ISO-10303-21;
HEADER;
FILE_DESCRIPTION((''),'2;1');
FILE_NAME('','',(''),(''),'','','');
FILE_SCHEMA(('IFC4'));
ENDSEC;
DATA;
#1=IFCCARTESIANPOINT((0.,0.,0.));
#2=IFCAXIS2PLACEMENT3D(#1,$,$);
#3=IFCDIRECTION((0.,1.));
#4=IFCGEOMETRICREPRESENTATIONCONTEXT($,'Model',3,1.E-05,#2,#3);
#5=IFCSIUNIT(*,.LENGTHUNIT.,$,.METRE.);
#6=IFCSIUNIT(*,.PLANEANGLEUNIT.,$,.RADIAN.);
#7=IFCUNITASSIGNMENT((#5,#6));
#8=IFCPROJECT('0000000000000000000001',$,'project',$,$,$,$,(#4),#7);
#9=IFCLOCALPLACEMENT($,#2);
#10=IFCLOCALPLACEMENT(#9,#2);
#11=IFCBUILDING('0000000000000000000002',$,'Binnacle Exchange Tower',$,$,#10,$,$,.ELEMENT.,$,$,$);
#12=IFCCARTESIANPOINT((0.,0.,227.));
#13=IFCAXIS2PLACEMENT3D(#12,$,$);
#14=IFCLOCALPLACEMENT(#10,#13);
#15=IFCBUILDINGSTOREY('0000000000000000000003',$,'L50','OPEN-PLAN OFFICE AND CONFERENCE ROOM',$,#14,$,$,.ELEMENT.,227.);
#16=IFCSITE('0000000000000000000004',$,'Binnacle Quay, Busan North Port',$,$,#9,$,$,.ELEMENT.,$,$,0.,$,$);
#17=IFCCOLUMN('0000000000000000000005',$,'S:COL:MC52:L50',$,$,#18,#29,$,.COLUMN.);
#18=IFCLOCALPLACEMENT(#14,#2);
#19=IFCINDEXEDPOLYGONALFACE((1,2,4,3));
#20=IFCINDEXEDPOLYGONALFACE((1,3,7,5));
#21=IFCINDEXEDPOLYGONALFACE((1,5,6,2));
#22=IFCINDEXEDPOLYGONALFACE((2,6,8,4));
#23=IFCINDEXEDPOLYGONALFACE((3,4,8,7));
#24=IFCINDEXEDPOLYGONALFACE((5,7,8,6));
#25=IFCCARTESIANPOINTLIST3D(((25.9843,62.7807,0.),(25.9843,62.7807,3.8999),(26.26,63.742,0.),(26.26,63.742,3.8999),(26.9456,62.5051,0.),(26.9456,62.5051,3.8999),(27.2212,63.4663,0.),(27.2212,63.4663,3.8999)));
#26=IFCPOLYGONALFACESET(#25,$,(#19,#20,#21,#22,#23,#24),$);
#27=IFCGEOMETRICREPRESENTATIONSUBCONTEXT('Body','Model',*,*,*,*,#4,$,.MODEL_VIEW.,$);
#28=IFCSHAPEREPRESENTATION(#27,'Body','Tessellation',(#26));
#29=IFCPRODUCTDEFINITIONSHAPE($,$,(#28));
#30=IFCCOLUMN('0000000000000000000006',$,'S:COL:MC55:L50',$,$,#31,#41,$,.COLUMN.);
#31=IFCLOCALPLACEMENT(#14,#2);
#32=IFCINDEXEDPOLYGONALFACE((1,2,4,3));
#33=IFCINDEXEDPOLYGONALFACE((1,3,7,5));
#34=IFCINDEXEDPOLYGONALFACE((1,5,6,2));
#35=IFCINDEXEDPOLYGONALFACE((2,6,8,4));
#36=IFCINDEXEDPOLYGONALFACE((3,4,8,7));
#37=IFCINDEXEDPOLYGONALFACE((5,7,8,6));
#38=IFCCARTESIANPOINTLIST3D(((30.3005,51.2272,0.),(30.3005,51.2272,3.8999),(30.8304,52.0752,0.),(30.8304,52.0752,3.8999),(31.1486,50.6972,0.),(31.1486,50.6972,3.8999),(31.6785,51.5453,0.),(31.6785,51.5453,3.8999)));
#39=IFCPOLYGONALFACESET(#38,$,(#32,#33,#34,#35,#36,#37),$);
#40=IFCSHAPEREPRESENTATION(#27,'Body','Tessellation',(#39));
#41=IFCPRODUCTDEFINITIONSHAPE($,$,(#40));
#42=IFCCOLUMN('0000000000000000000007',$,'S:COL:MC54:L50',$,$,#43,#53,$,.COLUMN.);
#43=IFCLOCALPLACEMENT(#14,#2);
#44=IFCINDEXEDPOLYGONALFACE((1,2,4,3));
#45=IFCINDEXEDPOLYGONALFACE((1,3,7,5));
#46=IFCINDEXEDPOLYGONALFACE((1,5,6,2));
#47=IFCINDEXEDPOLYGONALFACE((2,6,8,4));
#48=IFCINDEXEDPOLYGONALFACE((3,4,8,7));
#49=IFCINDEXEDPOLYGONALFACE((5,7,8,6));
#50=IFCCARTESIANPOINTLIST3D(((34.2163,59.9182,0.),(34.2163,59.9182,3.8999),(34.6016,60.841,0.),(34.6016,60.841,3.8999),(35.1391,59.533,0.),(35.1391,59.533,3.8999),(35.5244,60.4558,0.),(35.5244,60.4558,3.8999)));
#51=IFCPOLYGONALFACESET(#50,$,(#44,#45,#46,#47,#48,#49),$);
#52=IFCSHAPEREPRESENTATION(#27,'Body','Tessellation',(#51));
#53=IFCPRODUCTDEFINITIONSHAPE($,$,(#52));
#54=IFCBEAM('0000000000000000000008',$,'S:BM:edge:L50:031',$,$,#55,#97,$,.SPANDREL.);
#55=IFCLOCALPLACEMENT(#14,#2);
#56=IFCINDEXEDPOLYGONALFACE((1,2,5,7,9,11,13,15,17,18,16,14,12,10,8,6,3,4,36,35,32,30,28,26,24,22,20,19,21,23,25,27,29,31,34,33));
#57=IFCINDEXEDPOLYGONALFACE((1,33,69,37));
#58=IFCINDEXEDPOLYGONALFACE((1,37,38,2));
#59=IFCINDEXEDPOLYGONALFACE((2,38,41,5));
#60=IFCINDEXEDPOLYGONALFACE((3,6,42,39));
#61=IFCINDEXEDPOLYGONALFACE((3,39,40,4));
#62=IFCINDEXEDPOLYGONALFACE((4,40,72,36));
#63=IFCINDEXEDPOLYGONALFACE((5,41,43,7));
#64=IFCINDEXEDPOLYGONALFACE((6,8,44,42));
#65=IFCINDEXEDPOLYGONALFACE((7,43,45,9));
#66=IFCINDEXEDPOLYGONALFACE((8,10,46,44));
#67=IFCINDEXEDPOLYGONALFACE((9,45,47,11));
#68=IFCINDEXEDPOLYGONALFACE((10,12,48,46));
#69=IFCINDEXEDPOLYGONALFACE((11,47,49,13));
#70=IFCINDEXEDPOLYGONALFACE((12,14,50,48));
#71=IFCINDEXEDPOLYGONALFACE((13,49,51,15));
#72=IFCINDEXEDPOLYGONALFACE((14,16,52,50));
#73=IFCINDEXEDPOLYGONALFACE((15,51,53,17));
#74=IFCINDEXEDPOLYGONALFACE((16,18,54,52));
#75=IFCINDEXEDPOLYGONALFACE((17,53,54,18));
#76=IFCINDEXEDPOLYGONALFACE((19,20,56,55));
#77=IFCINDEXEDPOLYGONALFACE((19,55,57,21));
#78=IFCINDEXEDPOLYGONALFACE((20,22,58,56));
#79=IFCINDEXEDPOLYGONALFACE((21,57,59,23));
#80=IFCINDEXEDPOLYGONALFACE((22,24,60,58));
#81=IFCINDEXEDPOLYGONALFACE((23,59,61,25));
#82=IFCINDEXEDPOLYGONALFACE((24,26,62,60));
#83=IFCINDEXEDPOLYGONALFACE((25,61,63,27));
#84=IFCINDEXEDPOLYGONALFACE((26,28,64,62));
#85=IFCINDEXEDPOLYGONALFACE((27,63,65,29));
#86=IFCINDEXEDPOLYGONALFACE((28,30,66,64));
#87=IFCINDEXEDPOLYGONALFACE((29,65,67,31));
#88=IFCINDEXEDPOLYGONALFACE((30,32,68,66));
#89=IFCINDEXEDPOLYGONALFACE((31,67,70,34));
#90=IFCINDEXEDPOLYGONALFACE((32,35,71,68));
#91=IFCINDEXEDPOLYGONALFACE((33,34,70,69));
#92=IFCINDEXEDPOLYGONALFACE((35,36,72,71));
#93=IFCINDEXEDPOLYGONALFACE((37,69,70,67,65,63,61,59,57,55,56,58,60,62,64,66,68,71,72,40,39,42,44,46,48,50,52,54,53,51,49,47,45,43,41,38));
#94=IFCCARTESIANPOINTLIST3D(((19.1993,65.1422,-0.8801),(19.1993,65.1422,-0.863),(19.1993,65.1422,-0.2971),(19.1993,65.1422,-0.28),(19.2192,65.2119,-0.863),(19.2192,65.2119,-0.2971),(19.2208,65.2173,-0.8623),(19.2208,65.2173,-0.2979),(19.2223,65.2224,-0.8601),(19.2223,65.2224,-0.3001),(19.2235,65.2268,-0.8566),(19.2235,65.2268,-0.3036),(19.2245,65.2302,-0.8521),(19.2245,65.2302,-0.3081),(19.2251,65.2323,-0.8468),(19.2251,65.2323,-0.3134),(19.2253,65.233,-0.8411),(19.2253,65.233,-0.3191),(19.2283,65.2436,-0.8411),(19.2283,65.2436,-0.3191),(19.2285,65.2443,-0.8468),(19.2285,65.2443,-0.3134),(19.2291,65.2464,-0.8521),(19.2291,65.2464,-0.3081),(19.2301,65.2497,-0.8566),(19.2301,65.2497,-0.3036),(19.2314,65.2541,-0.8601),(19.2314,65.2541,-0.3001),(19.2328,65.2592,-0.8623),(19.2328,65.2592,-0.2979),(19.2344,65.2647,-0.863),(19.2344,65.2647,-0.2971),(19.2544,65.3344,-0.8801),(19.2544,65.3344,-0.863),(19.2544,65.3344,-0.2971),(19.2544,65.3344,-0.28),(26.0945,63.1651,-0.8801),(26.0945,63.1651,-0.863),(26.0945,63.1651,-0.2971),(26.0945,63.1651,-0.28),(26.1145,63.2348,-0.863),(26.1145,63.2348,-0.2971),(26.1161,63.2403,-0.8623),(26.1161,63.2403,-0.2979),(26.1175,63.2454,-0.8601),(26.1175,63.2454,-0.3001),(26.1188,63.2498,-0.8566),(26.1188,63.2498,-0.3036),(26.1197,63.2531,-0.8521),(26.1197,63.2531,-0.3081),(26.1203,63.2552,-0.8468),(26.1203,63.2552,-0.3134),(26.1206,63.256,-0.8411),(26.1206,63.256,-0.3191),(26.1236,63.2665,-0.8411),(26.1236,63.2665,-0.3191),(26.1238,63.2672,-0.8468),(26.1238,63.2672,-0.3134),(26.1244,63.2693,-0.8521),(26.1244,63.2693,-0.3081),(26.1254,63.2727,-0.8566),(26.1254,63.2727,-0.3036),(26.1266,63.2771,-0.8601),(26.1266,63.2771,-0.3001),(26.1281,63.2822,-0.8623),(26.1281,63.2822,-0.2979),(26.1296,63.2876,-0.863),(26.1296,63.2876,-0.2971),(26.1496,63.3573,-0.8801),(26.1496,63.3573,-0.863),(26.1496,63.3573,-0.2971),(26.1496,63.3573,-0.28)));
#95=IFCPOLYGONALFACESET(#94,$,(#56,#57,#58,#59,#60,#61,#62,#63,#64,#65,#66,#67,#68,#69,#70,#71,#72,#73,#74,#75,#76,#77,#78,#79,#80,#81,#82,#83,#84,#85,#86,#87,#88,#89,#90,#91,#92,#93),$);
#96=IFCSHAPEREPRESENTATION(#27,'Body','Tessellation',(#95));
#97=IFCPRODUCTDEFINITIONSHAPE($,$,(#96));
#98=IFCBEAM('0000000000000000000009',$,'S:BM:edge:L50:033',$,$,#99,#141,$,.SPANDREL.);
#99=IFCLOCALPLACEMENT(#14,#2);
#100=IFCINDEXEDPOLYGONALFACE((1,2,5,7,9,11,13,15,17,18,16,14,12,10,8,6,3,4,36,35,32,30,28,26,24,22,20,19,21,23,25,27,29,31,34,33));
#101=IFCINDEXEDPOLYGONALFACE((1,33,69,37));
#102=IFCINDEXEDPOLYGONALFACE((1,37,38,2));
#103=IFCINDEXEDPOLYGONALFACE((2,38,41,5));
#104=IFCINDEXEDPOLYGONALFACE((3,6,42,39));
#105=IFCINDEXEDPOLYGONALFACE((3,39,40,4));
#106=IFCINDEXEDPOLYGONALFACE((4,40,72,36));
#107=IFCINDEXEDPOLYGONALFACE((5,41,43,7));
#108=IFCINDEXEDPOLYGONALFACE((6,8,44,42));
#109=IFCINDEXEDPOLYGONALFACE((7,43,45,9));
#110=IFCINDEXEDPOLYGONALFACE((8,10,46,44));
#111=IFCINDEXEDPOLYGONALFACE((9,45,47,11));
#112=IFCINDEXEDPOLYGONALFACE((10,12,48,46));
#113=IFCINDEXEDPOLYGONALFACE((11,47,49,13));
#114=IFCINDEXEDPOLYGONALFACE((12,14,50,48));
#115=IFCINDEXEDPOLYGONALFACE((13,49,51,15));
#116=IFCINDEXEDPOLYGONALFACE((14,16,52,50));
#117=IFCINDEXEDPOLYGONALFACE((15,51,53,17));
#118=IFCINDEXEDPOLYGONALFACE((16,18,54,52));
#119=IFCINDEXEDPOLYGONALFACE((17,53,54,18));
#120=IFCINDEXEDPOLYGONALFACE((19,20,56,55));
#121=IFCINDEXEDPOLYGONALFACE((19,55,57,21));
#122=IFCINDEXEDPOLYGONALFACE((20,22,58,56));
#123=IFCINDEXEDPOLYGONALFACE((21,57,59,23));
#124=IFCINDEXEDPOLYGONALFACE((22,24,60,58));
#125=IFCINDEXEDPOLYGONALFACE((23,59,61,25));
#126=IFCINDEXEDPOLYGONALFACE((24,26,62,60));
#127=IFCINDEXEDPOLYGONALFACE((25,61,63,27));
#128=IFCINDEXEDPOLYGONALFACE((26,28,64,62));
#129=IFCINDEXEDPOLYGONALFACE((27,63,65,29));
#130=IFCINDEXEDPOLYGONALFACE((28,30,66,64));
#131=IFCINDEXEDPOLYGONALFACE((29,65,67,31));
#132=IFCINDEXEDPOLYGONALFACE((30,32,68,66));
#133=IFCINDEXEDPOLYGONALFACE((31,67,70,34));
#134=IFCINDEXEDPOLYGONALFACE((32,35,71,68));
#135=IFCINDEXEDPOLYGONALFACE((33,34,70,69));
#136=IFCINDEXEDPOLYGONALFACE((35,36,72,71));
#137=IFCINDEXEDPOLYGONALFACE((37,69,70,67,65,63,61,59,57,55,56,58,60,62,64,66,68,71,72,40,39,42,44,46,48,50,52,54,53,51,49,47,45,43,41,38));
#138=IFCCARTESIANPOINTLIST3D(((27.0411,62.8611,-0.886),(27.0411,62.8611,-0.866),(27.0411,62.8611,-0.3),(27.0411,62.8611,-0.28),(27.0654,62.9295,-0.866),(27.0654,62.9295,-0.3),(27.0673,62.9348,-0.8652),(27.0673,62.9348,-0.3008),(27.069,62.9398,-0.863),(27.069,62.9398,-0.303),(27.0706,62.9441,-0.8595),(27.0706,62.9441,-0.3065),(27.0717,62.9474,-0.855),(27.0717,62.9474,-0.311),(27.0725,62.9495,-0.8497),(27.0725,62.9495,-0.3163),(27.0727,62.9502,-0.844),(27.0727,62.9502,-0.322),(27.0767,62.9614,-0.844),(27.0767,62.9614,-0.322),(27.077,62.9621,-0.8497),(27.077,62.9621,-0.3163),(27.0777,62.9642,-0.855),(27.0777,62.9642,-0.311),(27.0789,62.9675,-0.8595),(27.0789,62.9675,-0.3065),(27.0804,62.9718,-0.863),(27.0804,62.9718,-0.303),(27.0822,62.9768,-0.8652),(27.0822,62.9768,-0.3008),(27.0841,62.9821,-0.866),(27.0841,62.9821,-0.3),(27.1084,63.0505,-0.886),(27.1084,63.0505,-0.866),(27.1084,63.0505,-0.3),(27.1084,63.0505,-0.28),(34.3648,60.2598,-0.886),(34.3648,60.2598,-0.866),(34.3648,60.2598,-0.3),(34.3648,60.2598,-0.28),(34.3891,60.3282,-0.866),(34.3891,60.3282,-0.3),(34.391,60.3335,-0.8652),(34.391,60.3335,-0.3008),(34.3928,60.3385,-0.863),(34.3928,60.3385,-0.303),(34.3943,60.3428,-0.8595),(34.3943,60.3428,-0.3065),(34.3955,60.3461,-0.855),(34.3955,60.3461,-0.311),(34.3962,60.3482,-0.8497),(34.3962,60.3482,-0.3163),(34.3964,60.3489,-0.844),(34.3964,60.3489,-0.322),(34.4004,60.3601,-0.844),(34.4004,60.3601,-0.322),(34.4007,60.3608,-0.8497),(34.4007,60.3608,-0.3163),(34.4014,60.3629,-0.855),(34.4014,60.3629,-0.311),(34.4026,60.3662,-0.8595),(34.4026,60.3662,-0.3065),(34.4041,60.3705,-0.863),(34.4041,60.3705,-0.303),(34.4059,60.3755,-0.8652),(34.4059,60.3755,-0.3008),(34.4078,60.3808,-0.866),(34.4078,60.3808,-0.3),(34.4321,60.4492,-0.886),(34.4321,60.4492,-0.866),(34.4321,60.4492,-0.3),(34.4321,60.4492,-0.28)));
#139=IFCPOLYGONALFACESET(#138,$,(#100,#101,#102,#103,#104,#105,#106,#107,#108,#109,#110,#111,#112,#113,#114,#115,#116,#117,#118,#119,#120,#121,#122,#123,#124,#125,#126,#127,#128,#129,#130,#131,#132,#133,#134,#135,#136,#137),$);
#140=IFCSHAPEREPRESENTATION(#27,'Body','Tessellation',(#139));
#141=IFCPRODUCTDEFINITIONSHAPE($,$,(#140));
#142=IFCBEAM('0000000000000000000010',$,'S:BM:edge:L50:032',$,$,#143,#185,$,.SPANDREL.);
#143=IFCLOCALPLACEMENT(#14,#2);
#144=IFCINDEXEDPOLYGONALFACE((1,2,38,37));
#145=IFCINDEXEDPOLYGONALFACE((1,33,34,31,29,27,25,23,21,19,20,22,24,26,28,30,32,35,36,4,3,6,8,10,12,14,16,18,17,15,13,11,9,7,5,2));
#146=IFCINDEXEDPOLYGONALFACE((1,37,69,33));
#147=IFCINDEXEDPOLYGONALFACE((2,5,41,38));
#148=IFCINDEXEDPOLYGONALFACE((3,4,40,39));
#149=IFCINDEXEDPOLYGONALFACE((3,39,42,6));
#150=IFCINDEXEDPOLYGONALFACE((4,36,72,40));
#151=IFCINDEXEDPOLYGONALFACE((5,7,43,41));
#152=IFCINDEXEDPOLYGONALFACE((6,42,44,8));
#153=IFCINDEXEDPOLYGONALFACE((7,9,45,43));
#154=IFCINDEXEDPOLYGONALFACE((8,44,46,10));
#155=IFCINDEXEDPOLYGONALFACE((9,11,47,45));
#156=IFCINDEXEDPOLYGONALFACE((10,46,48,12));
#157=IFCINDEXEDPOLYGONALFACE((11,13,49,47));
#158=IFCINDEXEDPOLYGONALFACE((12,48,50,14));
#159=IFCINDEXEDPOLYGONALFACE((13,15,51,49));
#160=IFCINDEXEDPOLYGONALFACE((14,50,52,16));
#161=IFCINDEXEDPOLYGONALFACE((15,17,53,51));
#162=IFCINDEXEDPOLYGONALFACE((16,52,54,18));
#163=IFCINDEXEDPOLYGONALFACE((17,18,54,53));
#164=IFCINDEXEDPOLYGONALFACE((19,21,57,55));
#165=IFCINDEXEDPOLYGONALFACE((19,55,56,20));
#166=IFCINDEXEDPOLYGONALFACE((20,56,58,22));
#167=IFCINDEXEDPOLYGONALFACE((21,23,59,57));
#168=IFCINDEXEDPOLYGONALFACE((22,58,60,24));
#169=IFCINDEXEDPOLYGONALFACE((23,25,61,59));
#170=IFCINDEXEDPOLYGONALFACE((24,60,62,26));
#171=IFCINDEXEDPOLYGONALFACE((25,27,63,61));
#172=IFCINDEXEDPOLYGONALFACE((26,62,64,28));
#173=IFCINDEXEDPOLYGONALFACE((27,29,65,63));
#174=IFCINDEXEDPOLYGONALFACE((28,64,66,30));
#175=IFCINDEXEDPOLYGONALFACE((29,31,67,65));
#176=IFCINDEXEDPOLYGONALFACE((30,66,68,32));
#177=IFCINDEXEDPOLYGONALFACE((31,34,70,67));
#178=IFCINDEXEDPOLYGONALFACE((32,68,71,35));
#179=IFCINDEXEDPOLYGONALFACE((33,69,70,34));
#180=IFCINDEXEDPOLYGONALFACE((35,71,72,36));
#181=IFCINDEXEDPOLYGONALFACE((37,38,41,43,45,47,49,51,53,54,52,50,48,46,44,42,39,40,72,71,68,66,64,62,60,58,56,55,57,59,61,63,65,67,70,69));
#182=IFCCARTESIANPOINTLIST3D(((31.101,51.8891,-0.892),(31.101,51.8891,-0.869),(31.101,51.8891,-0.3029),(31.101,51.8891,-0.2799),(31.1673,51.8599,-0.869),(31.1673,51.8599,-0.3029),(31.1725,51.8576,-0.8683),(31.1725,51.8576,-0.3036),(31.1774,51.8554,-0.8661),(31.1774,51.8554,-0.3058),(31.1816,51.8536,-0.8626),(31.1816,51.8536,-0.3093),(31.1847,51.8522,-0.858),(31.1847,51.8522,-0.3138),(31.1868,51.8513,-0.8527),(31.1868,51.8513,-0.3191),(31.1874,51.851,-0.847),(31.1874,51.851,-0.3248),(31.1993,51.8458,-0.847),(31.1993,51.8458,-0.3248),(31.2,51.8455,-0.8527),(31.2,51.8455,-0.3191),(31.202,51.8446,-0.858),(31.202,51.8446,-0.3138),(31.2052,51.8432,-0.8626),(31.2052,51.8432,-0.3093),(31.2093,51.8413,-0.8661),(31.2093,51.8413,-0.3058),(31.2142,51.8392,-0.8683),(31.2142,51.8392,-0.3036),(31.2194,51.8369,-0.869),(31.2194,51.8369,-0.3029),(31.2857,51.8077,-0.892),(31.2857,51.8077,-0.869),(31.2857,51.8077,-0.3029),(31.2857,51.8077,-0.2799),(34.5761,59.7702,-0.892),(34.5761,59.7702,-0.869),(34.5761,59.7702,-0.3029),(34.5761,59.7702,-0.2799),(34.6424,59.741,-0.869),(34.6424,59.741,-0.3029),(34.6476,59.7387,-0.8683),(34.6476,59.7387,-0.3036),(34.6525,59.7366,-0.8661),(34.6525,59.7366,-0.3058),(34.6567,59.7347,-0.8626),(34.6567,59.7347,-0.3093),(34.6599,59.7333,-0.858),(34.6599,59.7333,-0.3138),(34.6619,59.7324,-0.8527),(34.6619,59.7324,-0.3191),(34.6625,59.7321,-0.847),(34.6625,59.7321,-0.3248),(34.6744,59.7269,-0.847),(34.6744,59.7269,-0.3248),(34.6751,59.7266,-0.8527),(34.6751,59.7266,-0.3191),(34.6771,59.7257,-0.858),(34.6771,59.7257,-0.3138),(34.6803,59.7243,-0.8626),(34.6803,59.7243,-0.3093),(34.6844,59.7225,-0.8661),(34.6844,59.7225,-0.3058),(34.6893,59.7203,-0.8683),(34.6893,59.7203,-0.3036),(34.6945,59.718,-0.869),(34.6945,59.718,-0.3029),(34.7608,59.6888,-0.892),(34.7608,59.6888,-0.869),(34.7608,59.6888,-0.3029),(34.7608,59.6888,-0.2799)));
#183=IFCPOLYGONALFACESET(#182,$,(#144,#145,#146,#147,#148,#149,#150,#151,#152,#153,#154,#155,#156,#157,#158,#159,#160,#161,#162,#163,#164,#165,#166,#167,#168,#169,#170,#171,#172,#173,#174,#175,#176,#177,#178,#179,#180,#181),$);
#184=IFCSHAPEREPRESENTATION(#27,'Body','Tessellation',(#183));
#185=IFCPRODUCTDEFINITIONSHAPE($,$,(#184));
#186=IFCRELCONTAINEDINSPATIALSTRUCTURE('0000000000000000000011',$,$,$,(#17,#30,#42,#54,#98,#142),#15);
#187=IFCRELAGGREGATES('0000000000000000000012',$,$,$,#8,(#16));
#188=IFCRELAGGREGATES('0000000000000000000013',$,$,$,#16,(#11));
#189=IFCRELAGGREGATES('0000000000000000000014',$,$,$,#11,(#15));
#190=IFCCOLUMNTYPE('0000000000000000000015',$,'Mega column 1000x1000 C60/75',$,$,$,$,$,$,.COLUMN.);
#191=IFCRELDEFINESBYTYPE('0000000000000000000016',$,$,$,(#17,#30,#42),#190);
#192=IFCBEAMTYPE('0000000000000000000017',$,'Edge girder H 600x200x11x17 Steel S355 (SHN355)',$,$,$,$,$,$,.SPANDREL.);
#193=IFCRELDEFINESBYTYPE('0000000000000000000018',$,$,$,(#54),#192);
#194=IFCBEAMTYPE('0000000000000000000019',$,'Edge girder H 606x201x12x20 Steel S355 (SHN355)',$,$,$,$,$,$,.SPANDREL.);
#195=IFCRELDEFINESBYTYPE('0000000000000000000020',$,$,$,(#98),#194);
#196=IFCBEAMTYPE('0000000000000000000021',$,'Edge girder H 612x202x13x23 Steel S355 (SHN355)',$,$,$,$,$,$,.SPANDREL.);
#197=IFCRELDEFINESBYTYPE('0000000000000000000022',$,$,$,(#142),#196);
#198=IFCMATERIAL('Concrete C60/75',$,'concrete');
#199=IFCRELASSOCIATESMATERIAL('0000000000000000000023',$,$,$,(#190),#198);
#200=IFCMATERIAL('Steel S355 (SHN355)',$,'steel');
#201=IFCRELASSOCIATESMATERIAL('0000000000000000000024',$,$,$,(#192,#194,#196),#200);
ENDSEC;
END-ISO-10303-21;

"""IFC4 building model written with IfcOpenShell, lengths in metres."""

from ifc_helpers import new_model, si_unit, direction, frame, origin, origin_2d, place, context, subcontext, project, spatial, rectangle, i_section, extrude, material, material_profile, profile_set, type_object, element, save


model = new_model("IFC4")

# Units and contexts
model_context = context("Model", 3, precision=1e-05, world=origin(), true_north=direction((0.0, 1.0)))
body_context = subcontext(model_context, "Body", "Model", "MODEL_VIEW")
ifc_project = project(units=[si_unit("LENGTHUNIT", "METRE"), si_unit("PLANEANGLEUNIT", "RADIAN")], contexts=[model_context])

# Site, building, storey
site_placement = place(None, origin())
site = spatial("IfcSite", under=ifc_project, at=site_placement, Name="Binnacle Quay, Busan North Port", CompositionType="ELEMENT", RefElevation=0.0)
building_placement = place(site_placement, origin())
building = spatial("IfcBuilding", under=site, at=building_placement, Name="Binnacle Exchange Tower", CompositionType="ELEMENT")
storey_placement = place(building_placement, frame((0.0, 0.0, 227.0)))
storey = spatial("IfcBuildingStorey", under=building, at=storey_placement, Name="L50", Description="OPEN-PLAN OFFICE AND CONFERENCE ROOM", CompositionType="ELEMENT", Elevation=227.0)

# Columns
ifc_material_1 = material(Name="Concrete C60/75", Category="concrete")
ifc_material_profile_1 = material_profile(ifc_material_1, rectangle(XDim=1.0, YDim=1.0, at=origin_2d()), Name="Mega column 1000x1000 C60/75")
ifc_profile_set_1 = profile_set([ifc_material_profile_1], Name="Concrete C60/75")
column_type = type_object("IfcColumnType", Name="Mega column 1000x1000 C60/75", PredefinedType="COLUMN", material=ifc_profile_set_1)
for number, where, z_axis, x_axis, name in (
    (1, (26.6028, 63.1235, 0.0), (0.0, 0.0, 1.0), (-0.961262, 0.275637, 0.0), "S:COL:MC52:L50"),
    (2, (30.9895, 51.3862, 0.0), (0.0, 0.0, 1.0), (0.529919, 0.848048, 0.0), "S:COL:MC55:L50"),
    (3, (34.8704, 60.187, 0.0), (0.0, 0.0, 1.0), (-0.922814, 0.385246, 0.0), "S:COL:MC54:L50"),
):
    element("IfcColumn", number, at=place(storey_placement, frame(where, z_axis=z_axis, x_axis=x_axis)), inside=storey, type_object=column_type, Name=name, PredefinedType="COLUMN", context=body_context, shape_type="SweptSolid", body=[
        extrude(rectangle(XDim=1.0, YDim=1.0, at=origin_2d()), origin(), (0.0, 0.0, 1.0), 3.8999),
    ])

# Beams
ifc_material_2 = material(Name="Steel S355 (SHN355)", Category="steel")
ifc_material_profile_2 = material_profile(ifc_material_2, i_section(OverallWidth=0.2, OverallDepth=0.6001, WebThickness=0.011, FlangeThickness=0.0171, FilletRadius=0.022, at=origin_2d()), Name="H 600x200x11x17")
ifc_profile_set_2 = profile_set([ifc_material_profile_2], Name="Steel S355 (SHN355)")
beam_type_1 = type_object("IfcBeamType", Name="Edge girder H 600x200x11x17 Steel S355 (SHN355)", PredefinedType="SPANDREL", material=ifc_profile_set_2)
beam_1_placement = place(storey_placement, frame((26.1221, 63.2612, -0.5801), z_axis=(-0.961267, 0.27562, 0.0), x_axis=(-0.27562, -0.961267, 0.0)))
element("IfcBeam", 4, at=beam_1_placement, inside=storey, type_object=beam_type_1, Name="S:BM:edge:L50:031", PredefinedType="SPANDREL", context=body_context, shape_type="SweptSolid", body=[
    extrude(i_section(OverallWidth=0.2, OverallDepth=0.6001, WebThickness=0.011, FlangeThickness=0.0171, FilletRadius=0.022, at=origin_2d()), origin(), (0.0, 0.0, 1.0), 7.1731),
])
ifc_material_profile_3 = material_profile(ifc_material_2, i_section(OverallWidth=0.2009, OverallDepth=0.606, WebThickness=0.012, FlangeThickness=0.02, FilletRadius=0.022, at=origin_2d()), Name="H 606x201x12x20")
ifc_profile_set_3 = profile_set([ifc_material_profile_3], Name="Steel S355 (SHN355)")
beam_type_2 = type_object("IfcBeamType", Name="Edge girder H 606x201x12x20 Steel S355 (SHN355)", PredefinedType="SPANDREL", material=ifc_profile_set_3)
beam_2_placement = place(storey_placement, frame((34.3984, 60.3545, -0.583), z_axis=(-0.942323, 0.334704, 0.0), x_axis=(-0.334704, -0.942323, 0.0)))
element("IfcBeam", 5, at=beam_2_placement, inside=storey, type_object=beam_type_2, Name="S:BM:edge:L50:033", PredefinedType="SPANDREL", context=body_context, shape_type="SweptSolid", body=[
    extrude(i_section(OverallWidth=0.2009, OverallDepth=0.606, WebThickness=0.012, FlangeThickness=0.02, FilletRadius=0.022, at=origin_2d()), origin(), (0.0, 0.0, 1.0), 7.772),
])
ifc_material_profile_4 = material_profile(ifc_material_2, i_section(OverallWidth=0.2019, OverallDepth=0.6121, WebThickness=0.0129, FlangeThickness=0.0229, FilletRadius=0.022, at=origin_2d()), Name="H 612x202x13x23")
ifc_profile_set_4 = profile_set([ifc_material_profile_4], Name="Steel S355 (SHN355)")
beam_type_3 = type_object("IfcBeamType", Name="Edge girder H 612x202x13x23 Steel S355 (SHN355)", PredefinedType="SPANDREL", material=ifc_profile_set_4)
beam_3_placement = place(storey_placement, frame((31.1934, 51.8484, -0.5859), z_axis=(0.403459, 0.914998, 0.0), x_axis=(-0.914998, 0.403459, 0.0)))
element("IfcBeam", 6, at=beam_3_placement, inside=storey, type_object=beam_type_3, Name="S:BM:edge:L50:032", PredefinedType="SPANDREL", context=body_context, shape_type="SweptSolid", body=[
    extrude(i_section(OverallWidth=0.2019, OverallDepth=0.6121, WebThickness=0.0129, FlangeThickness=0.0229, FilletRadius=0.022, at=origin_2d()), origin(), (0.0, 0.0, 1.0), 8.6133),
])

save(model, "model.ifc")
